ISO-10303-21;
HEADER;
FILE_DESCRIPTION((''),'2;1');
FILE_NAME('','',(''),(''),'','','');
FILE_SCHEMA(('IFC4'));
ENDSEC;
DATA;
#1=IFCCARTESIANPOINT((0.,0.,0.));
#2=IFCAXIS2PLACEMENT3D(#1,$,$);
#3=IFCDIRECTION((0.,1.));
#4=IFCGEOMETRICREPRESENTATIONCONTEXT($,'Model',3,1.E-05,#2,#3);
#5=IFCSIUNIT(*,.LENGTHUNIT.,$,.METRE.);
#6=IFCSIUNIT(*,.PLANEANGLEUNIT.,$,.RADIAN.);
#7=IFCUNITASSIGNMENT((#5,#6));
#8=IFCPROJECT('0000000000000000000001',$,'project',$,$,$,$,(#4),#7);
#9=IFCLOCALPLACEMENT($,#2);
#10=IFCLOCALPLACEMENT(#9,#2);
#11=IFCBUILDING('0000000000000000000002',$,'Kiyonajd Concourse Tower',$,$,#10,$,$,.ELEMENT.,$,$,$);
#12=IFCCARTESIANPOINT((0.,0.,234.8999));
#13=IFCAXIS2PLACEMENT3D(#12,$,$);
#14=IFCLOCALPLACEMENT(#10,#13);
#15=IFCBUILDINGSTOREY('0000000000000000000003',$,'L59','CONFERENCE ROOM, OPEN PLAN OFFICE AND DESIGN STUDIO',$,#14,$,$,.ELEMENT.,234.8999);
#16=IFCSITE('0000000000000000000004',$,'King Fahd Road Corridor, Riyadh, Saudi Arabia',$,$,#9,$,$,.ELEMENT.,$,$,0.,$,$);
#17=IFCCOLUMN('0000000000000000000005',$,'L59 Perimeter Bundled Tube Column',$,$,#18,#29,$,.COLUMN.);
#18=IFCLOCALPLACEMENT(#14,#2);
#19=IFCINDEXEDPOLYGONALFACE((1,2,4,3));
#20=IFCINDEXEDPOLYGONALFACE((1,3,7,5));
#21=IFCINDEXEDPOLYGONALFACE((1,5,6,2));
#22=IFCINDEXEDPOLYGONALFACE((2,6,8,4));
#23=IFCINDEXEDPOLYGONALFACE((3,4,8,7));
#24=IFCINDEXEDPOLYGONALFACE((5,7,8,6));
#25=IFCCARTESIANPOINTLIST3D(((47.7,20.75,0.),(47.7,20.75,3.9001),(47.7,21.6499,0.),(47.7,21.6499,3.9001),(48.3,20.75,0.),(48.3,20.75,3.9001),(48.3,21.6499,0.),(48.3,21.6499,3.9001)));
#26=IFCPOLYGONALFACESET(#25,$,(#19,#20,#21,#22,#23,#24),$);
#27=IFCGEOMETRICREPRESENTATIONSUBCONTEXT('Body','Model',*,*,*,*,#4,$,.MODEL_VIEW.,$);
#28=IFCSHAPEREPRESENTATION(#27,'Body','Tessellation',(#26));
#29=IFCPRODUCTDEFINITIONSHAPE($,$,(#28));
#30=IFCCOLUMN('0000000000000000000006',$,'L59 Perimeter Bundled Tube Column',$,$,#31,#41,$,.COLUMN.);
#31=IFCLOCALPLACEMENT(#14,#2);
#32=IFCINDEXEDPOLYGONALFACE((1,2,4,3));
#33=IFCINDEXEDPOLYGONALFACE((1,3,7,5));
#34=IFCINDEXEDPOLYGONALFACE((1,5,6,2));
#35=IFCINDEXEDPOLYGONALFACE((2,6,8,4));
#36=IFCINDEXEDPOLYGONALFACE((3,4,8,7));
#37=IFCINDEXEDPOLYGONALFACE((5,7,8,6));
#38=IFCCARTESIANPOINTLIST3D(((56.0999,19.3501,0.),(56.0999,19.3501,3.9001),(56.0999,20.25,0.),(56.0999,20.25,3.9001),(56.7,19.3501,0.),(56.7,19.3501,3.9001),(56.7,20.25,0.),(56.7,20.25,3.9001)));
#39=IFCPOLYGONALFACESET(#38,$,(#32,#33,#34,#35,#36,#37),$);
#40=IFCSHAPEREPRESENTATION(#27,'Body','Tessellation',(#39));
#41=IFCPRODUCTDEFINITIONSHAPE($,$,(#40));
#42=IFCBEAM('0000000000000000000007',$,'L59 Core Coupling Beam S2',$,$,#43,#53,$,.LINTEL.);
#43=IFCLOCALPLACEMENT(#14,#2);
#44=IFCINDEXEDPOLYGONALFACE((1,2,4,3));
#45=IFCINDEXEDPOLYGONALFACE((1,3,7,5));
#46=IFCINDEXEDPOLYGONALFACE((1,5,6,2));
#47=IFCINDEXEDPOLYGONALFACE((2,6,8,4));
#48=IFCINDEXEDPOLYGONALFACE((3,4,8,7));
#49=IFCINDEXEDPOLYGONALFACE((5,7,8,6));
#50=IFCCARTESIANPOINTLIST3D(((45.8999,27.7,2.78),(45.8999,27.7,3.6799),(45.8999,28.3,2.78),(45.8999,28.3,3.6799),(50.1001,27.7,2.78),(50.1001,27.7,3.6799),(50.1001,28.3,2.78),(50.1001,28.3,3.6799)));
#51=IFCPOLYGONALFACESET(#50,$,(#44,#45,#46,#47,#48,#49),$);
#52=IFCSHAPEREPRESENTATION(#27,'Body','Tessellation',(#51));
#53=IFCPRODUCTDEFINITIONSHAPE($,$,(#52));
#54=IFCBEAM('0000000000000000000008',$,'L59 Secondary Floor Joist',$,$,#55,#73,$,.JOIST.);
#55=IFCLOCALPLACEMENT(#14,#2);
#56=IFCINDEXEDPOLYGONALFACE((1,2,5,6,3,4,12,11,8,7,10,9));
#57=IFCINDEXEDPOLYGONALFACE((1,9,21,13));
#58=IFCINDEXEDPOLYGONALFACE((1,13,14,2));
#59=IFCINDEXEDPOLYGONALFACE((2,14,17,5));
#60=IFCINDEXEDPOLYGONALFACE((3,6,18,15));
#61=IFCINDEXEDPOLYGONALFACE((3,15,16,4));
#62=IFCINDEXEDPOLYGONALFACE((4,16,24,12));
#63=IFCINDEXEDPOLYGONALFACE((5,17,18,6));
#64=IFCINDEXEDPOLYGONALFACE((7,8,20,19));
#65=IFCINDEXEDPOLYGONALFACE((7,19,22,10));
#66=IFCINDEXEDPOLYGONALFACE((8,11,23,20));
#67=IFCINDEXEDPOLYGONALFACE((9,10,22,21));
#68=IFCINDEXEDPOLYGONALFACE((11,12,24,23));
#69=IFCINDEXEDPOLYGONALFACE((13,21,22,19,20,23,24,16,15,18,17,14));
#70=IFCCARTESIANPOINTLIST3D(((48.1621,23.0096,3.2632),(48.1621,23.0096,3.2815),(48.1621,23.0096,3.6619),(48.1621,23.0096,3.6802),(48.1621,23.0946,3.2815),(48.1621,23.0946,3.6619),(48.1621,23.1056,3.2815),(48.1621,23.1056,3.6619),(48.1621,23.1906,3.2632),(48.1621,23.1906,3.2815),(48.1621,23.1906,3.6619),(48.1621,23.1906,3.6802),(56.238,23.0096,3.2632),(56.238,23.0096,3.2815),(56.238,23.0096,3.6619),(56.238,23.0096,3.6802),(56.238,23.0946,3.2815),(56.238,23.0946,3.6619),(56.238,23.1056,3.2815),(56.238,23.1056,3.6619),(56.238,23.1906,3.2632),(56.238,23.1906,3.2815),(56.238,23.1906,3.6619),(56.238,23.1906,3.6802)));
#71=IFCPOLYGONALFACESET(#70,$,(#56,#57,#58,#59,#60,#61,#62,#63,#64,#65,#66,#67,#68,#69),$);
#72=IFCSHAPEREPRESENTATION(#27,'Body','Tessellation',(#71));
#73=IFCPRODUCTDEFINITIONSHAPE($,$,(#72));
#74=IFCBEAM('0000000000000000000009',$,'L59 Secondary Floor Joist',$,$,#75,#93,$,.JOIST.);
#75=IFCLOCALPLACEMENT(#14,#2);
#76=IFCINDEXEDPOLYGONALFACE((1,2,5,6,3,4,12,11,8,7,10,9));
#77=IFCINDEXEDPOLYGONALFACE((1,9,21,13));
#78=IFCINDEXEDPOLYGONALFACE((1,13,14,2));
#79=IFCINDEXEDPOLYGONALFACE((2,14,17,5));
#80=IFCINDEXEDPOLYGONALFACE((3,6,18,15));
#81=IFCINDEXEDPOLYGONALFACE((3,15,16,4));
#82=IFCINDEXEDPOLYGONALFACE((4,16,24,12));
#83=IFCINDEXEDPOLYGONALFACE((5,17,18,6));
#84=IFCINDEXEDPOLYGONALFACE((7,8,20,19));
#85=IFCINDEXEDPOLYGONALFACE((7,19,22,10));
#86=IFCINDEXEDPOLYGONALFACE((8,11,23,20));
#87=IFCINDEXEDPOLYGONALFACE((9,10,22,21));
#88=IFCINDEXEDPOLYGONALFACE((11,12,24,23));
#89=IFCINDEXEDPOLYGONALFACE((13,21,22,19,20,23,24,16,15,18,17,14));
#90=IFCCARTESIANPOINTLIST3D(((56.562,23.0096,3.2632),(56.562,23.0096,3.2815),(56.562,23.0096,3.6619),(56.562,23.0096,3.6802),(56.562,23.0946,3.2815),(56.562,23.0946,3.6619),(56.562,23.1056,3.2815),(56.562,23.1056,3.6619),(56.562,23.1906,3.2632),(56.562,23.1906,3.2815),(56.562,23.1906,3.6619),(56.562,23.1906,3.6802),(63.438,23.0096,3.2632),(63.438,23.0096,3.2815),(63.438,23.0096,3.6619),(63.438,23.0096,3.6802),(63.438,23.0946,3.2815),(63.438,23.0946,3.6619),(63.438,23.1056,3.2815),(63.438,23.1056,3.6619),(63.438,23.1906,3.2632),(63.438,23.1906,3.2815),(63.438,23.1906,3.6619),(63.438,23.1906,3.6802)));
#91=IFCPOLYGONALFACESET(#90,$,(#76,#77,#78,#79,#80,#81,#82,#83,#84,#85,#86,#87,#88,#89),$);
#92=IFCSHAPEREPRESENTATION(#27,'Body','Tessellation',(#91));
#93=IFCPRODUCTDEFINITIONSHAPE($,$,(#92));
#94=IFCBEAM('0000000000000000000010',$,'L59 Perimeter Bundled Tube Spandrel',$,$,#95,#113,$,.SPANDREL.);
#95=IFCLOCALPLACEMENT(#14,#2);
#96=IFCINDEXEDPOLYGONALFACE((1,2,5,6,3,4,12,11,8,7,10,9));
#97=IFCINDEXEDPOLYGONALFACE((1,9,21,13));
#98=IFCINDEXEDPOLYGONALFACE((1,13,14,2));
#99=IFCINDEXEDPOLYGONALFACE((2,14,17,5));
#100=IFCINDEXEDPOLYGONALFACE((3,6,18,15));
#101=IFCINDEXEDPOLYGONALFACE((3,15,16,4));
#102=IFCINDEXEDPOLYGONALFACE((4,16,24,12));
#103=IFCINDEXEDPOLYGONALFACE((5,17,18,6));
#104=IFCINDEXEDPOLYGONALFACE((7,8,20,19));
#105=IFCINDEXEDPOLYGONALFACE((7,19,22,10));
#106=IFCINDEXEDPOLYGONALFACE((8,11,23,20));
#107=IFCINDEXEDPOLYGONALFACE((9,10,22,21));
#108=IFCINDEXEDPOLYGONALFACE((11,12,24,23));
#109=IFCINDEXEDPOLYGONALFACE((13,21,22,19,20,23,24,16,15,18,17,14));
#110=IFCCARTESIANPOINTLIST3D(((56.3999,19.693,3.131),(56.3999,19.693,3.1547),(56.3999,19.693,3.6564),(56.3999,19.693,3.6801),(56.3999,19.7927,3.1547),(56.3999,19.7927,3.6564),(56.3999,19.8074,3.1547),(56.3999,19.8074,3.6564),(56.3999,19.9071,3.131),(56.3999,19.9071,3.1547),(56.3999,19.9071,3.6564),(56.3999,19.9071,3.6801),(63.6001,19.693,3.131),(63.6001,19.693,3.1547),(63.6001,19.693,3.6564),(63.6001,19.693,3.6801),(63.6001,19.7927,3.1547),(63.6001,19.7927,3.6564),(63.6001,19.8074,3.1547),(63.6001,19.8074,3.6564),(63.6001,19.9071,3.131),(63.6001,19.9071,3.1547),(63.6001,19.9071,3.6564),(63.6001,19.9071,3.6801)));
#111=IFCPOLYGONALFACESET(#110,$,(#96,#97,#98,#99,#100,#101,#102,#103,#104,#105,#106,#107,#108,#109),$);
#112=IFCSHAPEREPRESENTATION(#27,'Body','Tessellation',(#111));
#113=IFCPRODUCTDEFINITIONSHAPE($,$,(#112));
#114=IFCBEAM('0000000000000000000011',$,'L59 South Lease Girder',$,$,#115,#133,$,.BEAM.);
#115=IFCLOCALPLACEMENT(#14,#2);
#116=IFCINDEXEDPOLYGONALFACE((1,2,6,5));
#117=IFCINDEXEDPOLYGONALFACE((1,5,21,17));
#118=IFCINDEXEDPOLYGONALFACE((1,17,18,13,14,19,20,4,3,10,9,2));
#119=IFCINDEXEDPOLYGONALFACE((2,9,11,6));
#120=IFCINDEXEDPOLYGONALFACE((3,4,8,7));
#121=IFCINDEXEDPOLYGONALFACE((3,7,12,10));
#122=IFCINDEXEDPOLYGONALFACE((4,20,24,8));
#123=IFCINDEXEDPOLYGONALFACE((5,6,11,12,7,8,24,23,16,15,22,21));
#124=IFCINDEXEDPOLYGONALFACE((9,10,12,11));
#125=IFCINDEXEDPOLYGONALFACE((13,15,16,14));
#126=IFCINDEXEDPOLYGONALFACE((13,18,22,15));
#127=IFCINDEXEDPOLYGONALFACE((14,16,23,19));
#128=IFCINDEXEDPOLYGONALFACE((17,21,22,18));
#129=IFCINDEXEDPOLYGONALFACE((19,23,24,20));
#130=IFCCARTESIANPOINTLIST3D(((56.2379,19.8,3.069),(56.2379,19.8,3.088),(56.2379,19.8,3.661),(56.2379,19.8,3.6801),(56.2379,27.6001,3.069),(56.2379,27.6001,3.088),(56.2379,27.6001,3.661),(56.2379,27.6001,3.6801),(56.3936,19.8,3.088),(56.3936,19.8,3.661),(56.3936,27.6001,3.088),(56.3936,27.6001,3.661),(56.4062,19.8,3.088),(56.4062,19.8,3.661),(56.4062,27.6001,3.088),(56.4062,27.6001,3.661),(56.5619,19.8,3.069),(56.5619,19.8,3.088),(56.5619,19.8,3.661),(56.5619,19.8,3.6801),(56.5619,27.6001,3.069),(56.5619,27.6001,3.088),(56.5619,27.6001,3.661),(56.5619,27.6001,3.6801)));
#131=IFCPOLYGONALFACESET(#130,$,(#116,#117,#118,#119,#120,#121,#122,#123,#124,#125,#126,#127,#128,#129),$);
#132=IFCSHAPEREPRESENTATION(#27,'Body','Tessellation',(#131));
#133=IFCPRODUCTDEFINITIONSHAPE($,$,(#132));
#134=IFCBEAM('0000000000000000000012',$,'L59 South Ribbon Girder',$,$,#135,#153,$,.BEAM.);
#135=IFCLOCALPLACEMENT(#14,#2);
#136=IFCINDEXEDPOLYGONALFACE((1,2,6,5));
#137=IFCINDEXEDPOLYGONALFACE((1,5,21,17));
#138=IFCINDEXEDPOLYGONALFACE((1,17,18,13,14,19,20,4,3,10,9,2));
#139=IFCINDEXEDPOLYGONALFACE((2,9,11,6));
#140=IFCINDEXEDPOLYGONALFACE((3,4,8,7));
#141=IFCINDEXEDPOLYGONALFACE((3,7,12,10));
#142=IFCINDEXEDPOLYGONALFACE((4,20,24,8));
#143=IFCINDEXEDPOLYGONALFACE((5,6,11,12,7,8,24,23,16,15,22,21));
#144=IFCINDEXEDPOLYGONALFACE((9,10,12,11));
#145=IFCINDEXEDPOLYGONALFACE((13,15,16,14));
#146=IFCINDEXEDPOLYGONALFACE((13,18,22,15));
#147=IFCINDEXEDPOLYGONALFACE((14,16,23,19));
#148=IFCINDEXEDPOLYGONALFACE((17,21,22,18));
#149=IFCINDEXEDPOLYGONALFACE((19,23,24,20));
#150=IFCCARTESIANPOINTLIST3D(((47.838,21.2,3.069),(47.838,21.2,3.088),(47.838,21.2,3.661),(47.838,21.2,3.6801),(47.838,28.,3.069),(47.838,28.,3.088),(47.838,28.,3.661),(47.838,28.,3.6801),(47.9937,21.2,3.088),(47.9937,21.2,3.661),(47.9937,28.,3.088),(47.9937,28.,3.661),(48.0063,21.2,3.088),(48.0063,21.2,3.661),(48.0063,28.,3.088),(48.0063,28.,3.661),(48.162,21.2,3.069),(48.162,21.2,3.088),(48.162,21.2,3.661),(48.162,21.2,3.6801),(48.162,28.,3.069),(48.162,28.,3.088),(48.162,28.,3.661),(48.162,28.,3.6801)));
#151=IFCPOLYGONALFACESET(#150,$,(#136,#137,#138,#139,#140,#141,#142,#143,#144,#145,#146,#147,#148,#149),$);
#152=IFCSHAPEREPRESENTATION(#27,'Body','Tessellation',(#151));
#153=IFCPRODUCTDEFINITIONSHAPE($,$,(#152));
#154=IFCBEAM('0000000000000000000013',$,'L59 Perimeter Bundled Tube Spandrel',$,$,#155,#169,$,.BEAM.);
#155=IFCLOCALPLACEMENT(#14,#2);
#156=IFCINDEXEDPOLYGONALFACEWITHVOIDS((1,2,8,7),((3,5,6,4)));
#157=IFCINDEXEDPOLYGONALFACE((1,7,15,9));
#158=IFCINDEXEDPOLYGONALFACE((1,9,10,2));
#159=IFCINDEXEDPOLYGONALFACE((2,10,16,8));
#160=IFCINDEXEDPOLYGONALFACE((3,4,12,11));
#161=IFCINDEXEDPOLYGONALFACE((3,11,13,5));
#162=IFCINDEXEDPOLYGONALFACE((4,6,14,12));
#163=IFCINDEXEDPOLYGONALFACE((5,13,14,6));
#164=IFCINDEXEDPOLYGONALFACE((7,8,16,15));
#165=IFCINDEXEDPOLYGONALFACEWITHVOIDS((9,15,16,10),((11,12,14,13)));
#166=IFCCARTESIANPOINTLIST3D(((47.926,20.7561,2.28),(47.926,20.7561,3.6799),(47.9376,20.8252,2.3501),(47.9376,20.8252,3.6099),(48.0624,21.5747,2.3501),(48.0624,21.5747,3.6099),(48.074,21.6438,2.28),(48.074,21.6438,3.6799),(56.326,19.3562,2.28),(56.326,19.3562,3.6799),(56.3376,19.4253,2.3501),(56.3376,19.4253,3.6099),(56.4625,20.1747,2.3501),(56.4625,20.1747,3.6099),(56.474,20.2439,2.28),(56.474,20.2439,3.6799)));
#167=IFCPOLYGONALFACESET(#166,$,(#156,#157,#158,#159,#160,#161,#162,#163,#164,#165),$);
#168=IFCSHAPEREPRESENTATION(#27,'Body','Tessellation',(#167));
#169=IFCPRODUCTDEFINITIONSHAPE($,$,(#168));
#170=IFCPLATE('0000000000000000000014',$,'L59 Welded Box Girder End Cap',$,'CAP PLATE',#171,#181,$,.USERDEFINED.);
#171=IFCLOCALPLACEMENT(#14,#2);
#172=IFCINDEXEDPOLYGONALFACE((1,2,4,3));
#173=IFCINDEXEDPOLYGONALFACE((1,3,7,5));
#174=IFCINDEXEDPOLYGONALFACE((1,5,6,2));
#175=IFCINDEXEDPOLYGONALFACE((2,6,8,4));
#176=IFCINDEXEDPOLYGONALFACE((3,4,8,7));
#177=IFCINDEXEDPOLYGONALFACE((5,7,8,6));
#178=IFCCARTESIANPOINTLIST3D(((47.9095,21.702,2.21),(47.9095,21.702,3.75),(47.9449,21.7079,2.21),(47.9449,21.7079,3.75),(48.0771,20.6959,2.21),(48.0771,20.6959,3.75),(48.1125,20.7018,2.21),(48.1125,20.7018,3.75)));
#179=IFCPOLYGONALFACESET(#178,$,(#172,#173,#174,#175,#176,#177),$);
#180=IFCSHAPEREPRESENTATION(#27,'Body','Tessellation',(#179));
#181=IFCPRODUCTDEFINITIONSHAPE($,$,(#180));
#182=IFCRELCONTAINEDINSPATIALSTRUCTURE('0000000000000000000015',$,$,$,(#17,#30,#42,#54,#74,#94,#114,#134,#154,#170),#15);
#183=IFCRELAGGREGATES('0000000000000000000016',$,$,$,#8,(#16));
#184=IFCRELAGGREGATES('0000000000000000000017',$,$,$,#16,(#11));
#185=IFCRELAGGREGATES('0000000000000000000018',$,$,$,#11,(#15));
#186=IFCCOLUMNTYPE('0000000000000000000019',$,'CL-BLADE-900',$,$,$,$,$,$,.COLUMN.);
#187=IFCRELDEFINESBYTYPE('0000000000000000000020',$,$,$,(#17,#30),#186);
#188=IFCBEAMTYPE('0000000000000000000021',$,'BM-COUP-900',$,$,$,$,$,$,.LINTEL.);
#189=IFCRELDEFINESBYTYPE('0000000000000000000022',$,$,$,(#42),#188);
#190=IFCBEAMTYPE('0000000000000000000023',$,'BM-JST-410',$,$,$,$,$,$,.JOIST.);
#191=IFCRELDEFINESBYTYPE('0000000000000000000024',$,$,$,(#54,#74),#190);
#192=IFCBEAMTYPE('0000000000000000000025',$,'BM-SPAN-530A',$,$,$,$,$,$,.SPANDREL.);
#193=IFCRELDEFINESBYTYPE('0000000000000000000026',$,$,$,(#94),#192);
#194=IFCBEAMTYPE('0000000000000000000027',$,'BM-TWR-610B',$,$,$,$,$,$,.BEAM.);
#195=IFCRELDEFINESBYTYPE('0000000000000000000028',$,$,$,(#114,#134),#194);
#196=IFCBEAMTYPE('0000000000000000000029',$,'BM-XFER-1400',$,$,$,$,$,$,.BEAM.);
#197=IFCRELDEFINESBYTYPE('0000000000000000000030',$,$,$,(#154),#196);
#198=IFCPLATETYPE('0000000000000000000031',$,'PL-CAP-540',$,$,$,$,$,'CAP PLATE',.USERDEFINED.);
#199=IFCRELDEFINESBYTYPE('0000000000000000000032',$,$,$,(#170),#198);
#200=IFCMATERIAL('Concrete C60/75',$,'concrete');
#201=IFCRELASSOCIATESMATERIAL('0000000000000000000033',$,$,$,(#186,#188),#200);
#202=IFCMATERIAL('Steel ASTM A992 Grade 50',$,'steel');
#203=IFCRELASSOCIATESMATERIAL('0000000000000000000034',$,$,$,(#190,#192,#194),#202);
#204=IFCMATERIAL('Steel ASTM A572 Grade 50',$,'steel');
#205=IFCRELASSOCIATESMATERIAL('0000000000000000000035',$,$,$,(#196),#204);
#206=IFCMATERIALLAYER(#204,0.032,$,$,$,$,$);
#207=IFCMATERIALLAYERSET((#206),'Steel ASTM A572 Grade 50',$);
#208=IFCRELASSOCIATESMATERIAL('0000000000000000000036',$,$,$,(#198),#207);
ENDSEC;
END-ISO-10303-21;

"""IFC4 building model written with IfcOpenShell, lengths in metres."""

from ifc_helpers import new_model, si_unit, direction, frame, origin, origin_2d, place, context, subcontext, project, spatial, rectangle, hollow_rectangle, i_section, extrude, material, layer, layer_set, material_profile, profile_set, type_object, element, save


model = new_model("IFC4")

# Units and contexts
model_context = context("Model", 3, precision=1e-05, world=origin(), true_north=direction((0.0, 1.0)))
body_context = subcontext(model_context, "Body", "Model", "MODEL_VIEW")
ifc_project = project(units=[si_unit("LENGTHUNIT", "METRE"), si_unit("PLANEANGLEUNIT", "RADIAN")], contexts=[model_context])

# Site, building, storey
site_placement = place(None, origin())
site = spatial("IfcSite", under=ifc_project, at=site_placement, Name="King Fahd Road Corridor, Riyadh, Saudi Arabia", CompositionType="ELEMENT", RefElevation=0.0)
building_placement = place(site_placement, origin())
building = spatial("IfcBuilding", under=site, at=building_placement, Name="Kiyonajd Concourse Tower", CompositionType="ELEMENT")
storey_placement = place(building_placement, frame((0.0, 0.0, 234.8999)))
storey = spatial("IfcBuildingStorey", under=building, at=storey_placement, Name="L59", Description="CONFERENCE ROOM, OPEN PLAN OFFICE AND DESIGN STUDIO", CompositionType="ELEMENT", Elevation=234.8999)

# Columns
ifc_material_1 = material(Name="Concrete C60/75", Category="concrete")
ifc_material_profile_1 = material_profile(ifc_material_1, rectangle(XDim=0.6001, YDim=0.8999, at=origin_2d()), Name="RC-900x600")
ifc_profile_set_1 = profile_set([ifc_material_profile_1], Name="Concrete C60/75")
column_type = type_object("IfcColumnType", Name="CL-BLADE-900", PredefinedType="COLUMN", material=ifc_profile_set_1)
for number, where, z_axis, x_axis, name in (
    (1, (48.0, 21.2, 0.0), (0.0, 0.0, 1.0), (1.0, 0.0, 0.0), "L59 Perimeter Bundled Tube Column"),
    (2, (56.3999, 19.8, 0.0), (0.0, 0.0, 1.0), (1.0, 0.0, 0.0), "L59 Perimeter Bundled Tube Column"),
):
    element("IfcColumn", number, at=place(storey_placement, frame(where, z_axis=z_axis, x_axis=x_axis)), inside=storey, type_object=column_type, Name=name, PredefinedType="COLUMN", context=body_context, shape_type="SweptSolid", body=[
        extrude(rectangle(XDim=0.6001, YDim=0.8999, at=origin_2d()), origin(), (0.0, 0.0, 1.0), 3.9001),
    ])

# Beams
ifc_material_profile_2 = material_profile(ifc_material_1, rectangle(XDim=0.6001, YDim=0.8999, at=origin_2d()), Name="RCBM-600x900")
ifc_profile_set_2 = profile_set([ifc_material_profile_2], Name="Concrete C60/75")
beam_type_1 = type_object("IfcBeamType", Name="BM-COUP-900", PredefinedType="LINTEL", material=ifc_profile_set_2)
beam_1_placement = place(storey_placement, frame((45.8999, 28.0, 3.23), z_axis=(1.0, 0.0, 0.0), x_axis=(0.0, 1.0, 0.0)))
element("IfcBeam", 3, at=beam_1_placement, inside=storey, type_object=beam_type_1, Name="L59 Core Coupling Beam S2", PredefinedType="LINTEL", context=body_context, shape_type="SweptSolid", body=[
    extrude(rectangle(XDim=0.6001, YDim=0.8999, at=origin_2d()), origin(), (0.0, 0.0, 1.0), 4.2002),
])
ifc_material_2 = material(Name="Steel ASTM A992 Grade 50", Category="steel")
ifc_material_profile_3 = material_profile(ifc_material_2, i_section(OverallWidth=0.1809, OverallDepth=0.417, WebThickness=0.011, FlangeThickness=0.0183, at=origin_2d()), Name="W410X85")
ifc_profile_set_3 = profile_set([ifc_material_profile_3], Name="Steel ASTM A992 Grade 50")
beam_type_2 = type_object("IfcBeamType", Name="BM-JST-410", PredefinedType="JOIST", material=ifc_profile_set_3)
beam_2_placement = place(storey_placement, frame((48.1621, 23.1001, 3.4717), z_axis=(1.0, 0.0, 0.0), x_axis=(0.0, 1.0, 0.0)))
element("IfcBeam", 4, at=beam_2_placement, inside=storey, type_object=beam_type_2, Name="L59 Secondary Floor Joist", PredefinedType="JOIST", context=body_context, shape_type="SweptSolid", body=[
    extrude(i_section(OverallWidth=0.1809, OverallDepth=0.417, WebThickness=0.011, FlangeThickness=0.0183, at=origin_2d()), origin(), (0.0, 0.0, 1.0), 8.0759),
])
beam_3_placement = place(storey_placement, frame((56.562, 23.1001, 3.4717), z_axis=(1.0, 0.0, 0.0), x_axis=(0.0, 1.0, 0.0)))
element("IfcBeam", 5, at=beam_3_placement, inside=storey, type_object=beam_type_2, Name="L59 Secondary Floor Joist", PredefinedType="JOIST", context=body_context, shape_type="SweptSolid", body=[
    extrude(i_section(OverallWidth=0.1809, OverallDepth=0.417, WebThickness=0.011, FlangeThickness=0.0183, at=origin_2d()), origin(), (0.0, 0.0, 1.0), 6.876),
])
ifc_material_profile_4 = material_profile(ifc_material_2, i_section(OverallWidth=0.2141, OverallDepth=0.5491, WebThickness=0.0146, FlangeThickness=0.0237, at=origin_2d()), Name="W530X138")
ifc_profile_set_4 = profile_set([ifc_material_profile_4], Name="Steel ASTM A992 Grade 50")
beam_type_3 = type_object("IfcBeamType", Name="BM-SPAN-530A", PredefinedType="SPANDREL", material=ifc_profile_set_4)
beam_4_placement = place(storey_placement, frame((56.3999, 19.8, 3.4055), z_axis=(1.0, 0.0, 0.0), x_axis=(0.0, 1.0, 0.0)))
element("IfcBeam", 6, at=beam_4_placement, inside=storey, type_object=beam_type_3, Name="L59 Perimeter Bundled Tube Spandrel", PredefinedType="SPANDREL", context=body_context, shape_type="SweptSolid", body=[
    extrude(i_section(OverallWidth=0.2141, OverallDepth=0.5491, WebThickness=0.0146, FlangeThickness=0.0237, at=origin_2d()), origin(), (0.0, 0.0, 1.0), 7.2002),
])
ifc_material_profile_5 = material_profile(ifc_material_2, i_section(OverallWidth=0.324, OverallDepth=0.6111, WebThickness=0.0127, FlangeThickness=0.019, at=origin_2d()), Name="W610X155")
ifc_profile_set_5 = profile_set([ifc_material_profile_5], Name="Steel ASTM A992 Grade 50")
beam_type_4 = type_object("IfcBeamType", Name="BM-TWR-610B", PredefinedType="BEAM", material=ifc_profile_set_5)
beam_5_placement = place(storey_placement, frame((56.3999, 19.8, 3.3745), z_axis=(0.0, 1.0, 0.0), x_axis=(-1.0, 0.0, 0.0)))
element("IfcBeam", 7, at=beam_5_placement, inside=storey, type_object=beam_type_4, Name="L59 South Lease Girder", PredefinedType="BEAM", context=body_context, shape_type="SweptSolid", body=[
    extrude(i_section(OverallWidth=0.324, OverallDepth=0.6111, WebThickness=0.0127, FlangeThickness=0.019, at=origin_2d()), origin(), (0.0, 0.0, 1.0), 7.8),
])
beam_6_placement = place(storey_placement, frame((48.0, 21.2, 3.3745), z_axis=(0.0, 1.0, 0.0), x_axis=(-1.0, 0.0, 0.0)))
element("IfcBeam", 8, at=beam_6_placement, inside=storey, type_object=beam_type_4, Name="L59 South Ribbon Girder", PredefinedType="BEAM", context=body_context, shape_type="SweptSolid", body=[
    extrude(i_section(OverallWidth=0.324, OverallDepth=0.6111, WebThickness=0.0127, FlangeThickness=0.019, at=origin_2d()), origin(), (0.0, 0.0, 1.0), 6.8),
])
ifc_material_3 = material(Name="Steel ASTM A572 Grade 50", Category="steel")
ifc_material_profile_6 = material_profile(ifc_material_3, hollow_rectangle(XDim=0.8999, YDim=1.3999, WallThickness=0.0701, at=origin_2d()), Name="BOX-1400x900x70")
ifc_profile_set_6 = profile_set([ifc_material_profile_6], Name="Steel ASTM A572 Grade 50")
beam_type_5 = type_object("IfcBeamType", Name="BM-XFER-1400", PredefinedType="BEAM", material=ifc_profile_set_6)
beam_7_placement = place(storey_placement, frame((48.0, 21.2, 2.98), z_axis=(0.986395, -0.16439, 0.0), x_axis=(0.16439, 0.986395, 0.0)))
element("IfcBeam", 9, at=beam_7_placement, inside=storey, type_object=beam_type_5, Name="L59 Perimeter Bundled Tube Spandrel", PredefinedType="BEAM", context=body_context, shape_type="SweptSolid", body=[
    extrude(hollow_rectangle(XDim=0.8999, YDim=1.3999, WallThickness=0.0701, at=origin_2d()), origin(), (0.0, 0.0, 1.0), 8.5159),
])

# Plate
ifc_layer_1 = layer(ifc_material_3, 0.032)
ifc_layer_set_1 = layer_set([ifc_layer_1], Name="Steel ASTM A572 Grade 50")
plate_type_1 = type_object("IfcPlateType", Name="PL-CAP-540", ElementType="CAP PLATE", PredefinedType="USERDEFINED", material=ifc_layer_set_1)
for number, where, z_axis, x_axis, name in (
    (10, (48.011, 21.2019, 2.21), (0.0, 0.0, 1.0), (0.986401, 0.164359, 0.0), "L59 Welded Box Girder End Cap"),
):
    element("IfcPlate", number, at=place(storey_placement, frame(where, z_axis=z_axis, x_axis=x_axis)), inside=storey, type_object=plate_type_1, Name=name, ObjectType="CAP PLATE", PredefinedType="USERDEFINED", context=body_context, shape_type="SweptSolid", body=[
        extrude(rectangle(XDim=0.0359, YDim=1.02, at=origin_2d()), origin(), (0.0, 0.0, 1.0), 1.54),
    ])

save(model, "model.ifc")
